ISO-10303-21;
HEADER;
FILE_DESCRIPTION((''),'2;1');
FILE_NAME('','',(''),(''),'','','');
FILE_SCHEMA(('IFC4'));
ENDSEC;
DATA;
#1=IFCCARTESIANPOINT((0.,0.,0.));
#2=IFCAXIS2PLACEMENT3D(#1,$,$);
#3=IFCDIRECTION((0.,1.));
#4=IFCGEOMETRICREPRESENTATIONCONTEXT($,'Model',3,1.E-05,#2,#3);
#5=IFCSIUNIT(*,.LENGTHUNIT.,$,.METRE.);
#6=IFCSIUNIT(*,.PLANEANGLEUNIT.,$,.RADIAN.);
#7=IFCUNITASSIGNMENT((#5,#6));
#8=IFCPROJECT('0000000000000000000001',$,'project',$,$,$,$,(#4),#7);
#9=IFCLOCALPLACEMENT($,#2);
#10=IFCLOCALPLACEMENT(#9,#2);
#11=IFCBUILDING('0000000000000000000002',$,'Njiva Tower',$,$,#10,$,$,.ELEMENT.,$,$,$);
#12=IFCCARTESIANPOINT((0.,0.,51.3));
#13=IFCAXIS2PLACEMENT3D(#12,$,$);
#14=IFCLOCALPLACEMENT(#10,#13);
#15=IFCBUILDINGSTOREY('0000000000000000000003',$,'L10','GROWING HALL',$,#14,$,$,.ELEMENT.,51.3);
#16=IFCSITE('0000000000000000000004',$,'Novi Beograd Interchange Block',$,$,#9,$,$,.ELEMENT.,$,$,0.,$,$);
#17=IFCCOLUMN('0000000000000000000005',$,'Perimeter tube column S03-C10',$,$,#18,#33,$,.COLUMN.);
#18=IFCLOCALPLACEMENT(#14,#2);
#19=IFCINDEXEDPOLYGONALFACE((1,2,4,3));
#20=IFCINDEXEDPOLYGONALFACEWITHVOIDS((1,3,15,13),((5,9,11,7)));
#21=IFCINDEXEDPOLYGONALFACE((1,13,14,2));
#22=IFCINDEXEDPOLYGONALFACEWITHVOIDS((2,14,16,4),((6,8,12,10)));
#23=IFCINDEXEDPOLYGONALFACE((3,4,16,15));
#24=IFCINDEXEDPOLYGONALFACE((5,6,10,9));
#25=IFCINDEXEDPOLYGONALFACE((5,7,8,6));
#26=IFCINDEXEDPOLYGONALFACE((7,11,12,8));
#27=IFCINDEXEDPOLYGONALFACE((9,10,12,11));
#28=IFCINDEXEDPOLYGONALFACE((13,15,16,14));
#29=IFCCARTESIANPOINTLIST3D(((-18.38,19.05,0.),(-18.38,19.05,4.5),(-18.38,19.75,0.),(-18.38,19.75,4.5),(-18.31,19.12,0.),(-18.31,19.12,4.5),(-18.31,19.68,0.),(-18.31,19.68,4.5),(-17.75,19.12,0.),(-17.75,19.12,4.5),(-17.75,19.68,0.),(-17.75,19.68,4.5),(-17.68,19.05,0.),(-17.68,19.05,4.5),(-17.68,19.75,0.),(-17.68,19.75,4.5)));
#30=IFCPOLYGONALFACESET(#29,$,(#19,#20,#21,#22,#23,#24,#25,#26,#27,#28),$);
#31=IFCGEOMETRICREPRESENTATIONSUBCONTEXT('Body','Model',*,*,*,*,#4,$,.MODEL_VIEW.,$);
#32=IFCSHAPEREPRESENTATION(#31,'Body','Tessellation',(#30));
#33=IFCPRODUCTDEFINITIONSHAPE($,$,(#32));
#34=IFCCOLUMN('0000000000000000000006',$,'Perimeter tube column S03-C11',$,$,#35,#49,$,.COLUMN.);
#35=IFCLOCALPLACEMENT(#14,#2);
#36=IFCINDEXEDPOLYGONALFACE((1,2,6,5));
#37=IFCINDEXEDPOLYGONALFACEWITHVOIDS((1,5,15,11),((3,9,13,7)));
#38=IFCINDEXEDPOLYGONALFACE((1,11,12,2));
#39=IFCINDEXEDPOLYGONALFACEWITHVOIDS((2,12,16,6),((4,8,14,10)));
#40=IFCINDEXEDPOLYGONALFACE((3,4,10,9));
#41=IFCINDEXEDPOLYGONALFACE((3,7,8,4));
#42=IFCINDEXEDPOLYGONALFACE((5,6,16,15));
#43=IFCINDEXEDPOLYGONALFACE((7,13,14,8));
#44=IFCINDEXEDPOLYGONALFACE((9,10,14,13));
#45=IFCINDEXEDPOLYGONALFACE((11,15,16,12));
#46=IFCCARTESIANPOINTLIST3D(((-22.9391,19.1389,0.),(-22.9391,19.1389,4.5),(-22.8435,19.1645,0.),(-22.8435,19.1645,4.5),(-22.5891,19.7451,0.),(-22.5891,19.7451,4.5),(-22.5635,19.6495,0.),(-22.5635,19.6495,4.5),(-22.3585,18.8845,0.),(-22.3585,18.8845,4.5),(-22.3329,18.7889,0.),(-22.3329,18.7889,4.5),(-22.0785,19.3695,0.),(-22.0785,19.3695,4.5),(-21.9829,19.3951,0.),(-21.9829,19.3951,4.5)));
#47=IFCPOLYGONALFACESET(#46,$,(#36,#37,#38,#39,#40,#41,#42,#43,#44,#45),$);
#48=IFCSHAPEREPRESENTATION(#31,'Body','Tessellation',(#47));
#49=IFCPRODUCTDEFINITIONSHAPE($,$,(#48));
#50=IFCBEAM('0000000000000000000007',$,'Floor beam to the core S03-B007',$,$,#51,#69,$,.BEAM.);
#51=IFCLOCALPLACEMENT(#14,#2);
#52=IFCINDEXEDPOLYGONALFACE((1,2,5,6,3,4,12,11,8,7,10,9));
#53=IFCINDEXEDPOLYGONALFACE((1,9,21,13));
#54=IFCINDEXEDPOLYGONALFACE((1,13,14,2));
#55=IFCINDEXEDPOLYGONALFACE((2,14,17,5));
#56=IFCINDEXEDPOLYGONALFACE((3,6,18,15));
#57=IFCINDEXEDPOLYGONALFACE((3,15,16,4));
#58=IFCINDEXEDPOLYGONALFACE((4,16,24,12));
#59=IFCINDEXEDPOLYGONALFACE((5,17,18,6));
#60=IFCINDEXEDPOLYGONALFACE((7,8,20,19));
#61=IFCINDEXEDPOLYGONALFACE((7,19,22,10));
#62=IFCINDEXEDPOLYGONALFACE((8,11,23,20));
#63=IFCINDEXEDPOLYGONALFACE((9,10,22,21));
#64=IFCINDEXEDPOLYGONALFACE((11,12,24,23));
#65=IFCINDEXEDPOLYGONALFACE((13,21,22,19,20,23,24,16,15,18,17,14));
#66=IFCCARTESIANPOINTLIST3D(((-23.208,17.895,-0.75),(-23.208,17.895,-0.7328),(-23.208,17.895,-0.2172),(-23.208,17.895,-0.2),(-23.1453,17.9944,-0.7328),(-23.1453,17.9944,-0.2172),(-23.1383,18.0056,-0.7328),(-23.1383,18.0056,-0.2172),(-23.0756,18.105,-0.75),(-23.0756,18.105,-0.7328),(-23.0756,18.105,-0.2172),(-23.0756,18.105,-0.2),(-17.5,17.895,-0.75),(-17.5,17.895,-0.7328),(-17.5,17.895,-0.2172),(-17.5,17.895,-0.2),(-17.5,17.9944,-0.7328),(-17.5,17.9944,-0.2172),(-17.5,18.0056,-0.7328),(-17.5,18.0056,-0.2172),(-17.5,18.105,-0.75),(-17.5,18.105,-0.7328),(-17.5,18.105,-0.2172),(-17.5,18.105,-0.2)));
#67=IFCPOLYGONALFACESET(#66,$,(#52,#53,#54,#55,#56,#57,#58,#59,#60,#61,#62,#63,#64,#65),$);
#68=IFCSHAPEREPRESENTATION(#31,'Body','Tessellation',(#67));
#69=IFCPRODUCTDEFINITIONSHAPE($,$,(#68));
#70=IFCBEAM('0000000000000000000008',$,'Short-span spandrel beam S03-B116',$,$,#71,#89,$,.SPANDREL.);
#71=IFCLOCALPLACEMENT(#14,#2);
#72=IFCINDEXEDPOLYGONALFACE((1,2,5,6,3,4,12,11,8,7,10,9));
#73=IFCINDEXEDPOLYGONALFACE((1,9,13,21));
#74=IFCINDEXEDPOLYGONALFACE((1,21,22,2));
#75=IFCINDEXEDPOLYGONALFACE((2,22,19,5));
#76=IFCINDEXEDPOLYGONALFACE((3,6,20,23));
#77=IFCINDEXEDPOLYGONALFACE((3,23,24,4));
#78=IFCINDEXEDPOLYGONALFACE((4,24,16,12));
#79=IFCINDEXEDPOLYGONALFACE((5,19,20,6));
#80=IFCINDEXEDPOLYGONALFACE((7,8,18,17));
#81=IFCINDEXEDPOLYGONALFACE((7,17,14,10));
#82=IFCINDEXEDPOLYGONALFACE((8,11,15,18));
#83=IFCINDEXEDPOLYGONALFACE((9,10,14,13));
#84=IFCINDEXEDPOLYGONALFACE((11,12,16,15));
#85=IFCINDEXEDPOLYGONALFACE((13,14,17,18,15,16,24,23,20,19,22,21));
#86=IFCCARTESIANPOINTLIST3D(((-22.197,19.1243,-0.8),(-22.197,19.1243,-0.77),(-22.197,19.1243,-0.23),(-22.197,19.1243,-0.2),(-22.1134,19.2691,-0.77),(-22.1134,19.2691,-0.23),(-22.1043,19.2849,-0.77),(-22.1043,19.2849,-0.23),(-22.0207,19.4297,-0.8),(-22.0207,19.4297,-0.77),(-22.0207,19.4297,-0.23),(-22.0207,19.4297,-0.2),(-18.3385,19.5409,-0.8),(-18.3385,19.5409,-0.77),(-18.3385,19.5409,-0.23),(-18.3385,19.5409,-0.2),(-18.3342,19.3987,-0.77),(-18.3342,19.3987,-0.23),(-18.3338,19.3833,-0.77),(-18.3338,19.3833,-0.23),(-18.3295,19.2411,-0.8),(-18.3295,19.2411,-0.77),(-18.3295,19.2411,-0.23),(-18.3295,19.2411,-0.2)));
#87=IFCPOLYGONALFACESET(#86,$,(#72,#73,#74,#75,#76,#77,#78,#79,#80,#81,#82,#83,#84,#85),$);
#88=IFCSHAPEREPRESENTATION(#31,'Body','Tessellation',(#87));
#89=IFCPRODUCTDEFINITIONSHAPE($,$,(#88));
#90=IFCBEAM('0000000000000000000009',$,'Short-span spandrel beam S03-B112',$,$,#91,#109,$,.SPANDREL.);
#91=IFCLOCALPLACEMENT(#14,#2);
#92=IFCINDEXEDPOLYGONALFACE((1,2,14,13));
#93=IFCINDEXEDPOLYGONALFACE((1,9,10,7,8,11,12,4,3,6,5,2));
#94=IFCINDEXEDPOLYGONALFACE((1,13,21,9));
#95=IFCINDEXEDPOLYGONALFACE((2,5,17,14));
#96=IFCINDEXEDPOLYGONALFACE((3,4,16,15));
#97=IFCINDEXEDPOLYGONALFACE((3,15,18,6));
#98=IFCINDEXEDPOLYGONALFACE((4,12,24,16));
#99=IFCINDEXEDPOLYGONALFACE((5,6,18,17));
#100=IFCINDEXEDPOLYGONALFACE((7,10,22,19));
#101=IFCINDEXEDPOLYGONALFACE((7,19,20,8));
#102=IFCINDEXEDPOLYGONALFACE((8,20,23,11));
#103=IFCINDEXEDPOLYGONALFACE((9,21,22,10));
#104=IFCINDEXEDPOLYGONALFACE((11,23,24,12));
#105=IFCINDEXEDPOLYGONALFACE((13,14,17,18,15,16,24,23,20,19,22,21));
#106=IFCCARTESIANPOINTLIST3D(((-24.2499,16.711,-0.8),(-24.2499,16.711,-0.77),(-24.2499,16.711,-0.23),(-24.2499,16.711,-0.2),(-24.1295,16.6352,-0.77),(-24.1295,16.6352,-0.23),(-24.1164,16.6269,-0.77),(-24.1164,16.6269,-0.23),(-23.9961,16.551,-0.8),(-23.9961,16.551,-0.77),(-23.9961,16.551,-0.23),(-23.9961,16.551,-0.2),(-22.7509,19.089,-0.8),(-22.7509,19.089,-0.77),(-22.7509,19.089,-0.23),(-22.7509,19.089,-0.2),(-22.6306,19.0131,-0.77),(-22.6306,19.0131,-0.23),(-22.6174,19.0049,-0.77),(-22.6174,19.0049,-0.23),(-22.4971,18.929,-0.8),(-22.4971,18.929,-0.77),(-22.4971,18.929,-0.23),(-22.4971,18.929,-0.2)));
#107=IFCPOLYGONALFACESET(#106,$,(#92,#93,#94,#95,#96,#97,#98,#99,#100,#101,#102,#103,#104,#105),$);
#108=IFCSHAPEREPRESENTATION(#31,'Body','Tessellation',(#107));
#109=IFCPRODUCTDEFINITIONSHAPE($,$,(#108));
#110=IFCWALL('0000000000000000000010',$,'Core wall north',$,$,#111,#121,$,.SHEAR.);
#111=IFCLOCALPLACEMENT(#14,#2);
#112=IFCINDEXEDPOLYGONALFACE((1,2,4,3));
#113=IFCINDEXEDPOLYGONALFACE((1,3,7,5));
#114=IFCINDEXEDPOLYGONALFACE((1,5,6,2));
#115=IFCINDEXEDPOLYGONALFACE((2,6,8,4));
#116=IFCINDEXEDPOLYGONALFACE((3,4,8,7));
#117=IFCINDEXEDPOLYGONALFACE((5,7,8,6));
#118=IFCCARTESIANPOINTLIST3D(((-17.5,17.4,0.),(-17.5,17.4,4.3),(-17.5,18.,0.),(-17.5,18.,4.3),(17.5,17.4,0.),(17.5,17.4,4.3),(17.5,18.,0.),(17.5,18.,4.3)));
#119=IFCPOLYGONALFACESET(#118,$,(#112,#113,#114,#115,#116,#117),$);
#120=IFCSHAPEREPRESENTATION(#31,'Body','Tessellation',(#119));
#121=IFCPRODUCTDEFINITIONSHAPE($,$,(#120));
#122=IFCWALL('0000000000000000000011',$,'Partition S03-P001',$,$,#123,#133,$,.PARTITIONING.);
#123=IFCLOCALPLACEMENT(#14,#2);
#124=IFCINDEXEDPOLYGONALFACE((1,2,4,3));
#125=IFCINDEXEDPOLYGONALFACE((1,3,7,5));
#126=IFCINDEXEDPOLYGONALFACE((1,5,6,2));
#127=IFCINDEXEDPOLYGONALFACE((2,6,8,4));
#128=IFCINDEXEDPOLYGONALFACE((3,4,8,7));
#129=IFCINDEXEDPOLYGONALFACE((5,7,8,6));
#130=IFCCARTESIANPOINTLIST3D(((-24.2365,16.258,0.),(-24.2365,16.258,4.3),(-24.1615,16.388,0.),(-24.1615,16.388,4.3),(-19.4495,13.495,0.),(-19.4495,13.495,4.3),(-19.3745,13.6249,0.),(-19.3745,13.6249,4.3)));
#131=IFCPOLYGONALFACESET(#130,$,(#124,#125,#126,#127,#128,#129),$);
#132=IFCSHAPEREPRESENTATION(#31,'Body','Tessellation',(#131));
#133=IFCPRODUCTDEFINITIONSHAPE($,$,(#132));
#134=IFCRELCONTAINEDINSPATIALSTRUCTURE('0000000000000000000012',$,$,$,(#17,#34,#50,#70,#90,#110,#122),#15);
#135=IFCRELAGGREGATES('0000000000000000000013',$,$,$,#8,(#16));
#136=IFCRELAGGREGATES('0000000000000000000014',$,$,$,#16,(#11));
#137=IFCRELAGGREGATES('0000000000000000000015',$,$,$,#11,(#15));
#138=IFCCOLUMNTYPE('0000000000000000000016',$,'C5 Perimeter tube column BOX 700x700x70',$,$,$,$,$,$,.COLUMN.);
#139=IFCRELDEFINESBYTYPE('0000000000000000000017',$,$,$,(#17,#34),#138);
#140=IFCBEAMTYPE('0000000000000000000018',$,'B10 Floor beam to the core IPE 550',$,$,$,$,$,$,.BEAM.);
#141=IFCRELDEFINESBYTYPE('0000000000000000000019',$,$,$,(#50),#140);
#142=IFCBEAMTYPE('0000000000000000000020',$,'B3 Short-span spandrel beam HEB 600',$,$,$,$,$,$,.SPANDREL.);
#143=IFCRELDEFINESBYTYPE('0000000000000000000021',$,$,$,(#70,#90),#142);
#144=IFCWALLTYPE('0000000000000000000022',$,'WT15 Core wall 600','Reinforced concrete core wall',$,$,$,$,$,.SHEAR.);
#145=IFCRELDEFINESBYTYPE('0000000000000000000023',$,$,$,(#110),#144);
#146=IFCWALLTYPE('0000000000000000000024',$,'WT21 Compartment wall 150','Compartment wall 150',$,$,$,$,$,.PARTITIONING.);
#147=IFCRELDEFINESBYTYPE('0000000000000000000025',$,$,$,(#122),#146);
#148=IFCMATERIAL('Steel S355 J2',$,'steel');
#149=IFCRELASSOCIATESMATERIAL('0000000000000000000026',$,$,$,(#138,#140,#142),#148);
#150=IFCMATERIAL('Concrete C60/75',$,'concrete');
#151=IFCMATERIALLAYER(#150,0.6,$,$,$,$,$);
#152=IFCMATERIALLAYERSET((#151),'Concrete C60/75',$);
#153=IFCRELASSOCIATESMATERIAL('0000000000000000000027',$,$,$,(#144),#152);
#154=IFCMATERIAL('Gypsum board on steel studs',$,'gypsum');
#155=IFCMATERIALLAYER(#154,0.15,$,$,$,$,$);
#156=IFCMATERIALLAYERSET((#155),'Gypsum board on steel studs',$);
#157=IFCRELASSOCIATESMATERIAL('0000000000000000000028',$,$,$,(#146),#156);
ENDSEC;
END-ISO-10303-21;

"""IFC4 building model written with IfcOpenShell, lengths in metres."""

from ifc_helpers import new_model, si_unit, direction, frame, frame_2d, origin, origin_2d, place, context, subcontext, project, spatial, rectangle, hollow_rectangle, i_section, extrude, clip, halfspace, material, layer, layer_set, material_profile, profile_set, type_object, element, save


model = new_model("IFC4")

# Units and contexts
model_context = context("Model", 3, precision=1e-05, world=origin(), true_north=direction((0.0, 1.0)))
body_context = subcontext(model_context, "Body", "Model", "MODEL_VIEW")
ifc_project = project(units=[si_unit("LENGTHUNIT", "METRE"), si_unit("PLANEANGLEUNIT", "RADIAN")], contexts=[model_context])

# Site, building, storey
site_placement = place(None, origin())
site = spatial("IfcSite", under=ifc_project, at=site_placement, Name="Novi Beograd Interchange Block", CompositionType="ELEMENT", RefElevation=0.0)
building_placement = place(site_placement, origin())
building = spatial("IfcBuilding", under=site, at=building_placement, Name="Njiva Tower", CompositionType="ELEMENT")
storey_placement = place(building_placement, frame((0.0, 0.0, 51.3)))
storey = spatial("IfcBuildingStorey", under=building, at=storey_placement, Name="L10", Description="GROWING HALL", CompositionType="ELEMENT", Elevation=51.3)

# Columns
ifc_material_1 = material(Name="Steel S355 J2", Category="steel")
ifc_material_profile_1 = material_profile(ifc_material_1, hollow_rectangle(XDim=0.7, YDim=0.7, WallThickness=0.07, at=origin_2d()), Name="BOX 700x700x70")
ifc_profile_set_1 = profile_set([ifc_material_profile_1], Name="Steel S355 J2")
column_type = type_object("IfcColumnType", Name="C5 Perimeter tube column BOX 700x700x70", PredefinedType="COLUMN", material=ifc_profile_set_1)
for number, where, z_axis, x_axis, name in (
    (1, (-18.03, 19.4, 0.0), (0.0, 0.0, 1.0), (-1.0, 0.0, 0.0), "Perimeter tube column S03-C10"),
    (2, (-22.461, 19.267, 0.0), (0.0, 0.0, 1.0), (-0.5, -0.866025, 0.0), "Perimeter tube column S03-C11"),
):
    element("IfcColumn", number, at=place(storey_placement, frame(where, z_axis=z_axis, x_axis=x_axis)), inside=storey, type_object=column_type, Name=name, PredefinedType="COLUMN", context=body_context, shape_type="SweptSolid", body=[
        extrude(hollow_rectangle(XDim=0.7, YDim=0.7, WallThickness=0.07, at=origin_2d()), origin(), (0.0, 0.0, 1.0), 4.5),
    ])

# Beams
ifc_material_profile_2 = material_profile(ifc_material_1, i_section(OverallWidth=0.21, OverallDepth=0.55, WebThickness=0.0111, FlangeThickness=0.0172, at=origin_2d()), Name="IPE 550")
ifc_profile_set_2 = profile_set([ifc_material_profile_2], Name="Steel S355 J2")
beam_type_1 = type_object("IfcBeamType", Name="B10 Floor beam to the core IPE 550", PredefinedType="BEAM", material=ifc_profile_set_2)
beam_1_placement = place(storey_placement, frame((-23.228, 18.0, -0.475), z_axis=(1.0, 0.0, 0.0), x_axis=(0.0, 1.0, 0.0)))
element("IfcBeam", 3, at=beam_1_placement, inside=storey, type_object=beam_type_1, Name="Floor beam to the core S03-B007", PredefinedType="BEAM", context=body_context, shape_type="Clipping", body=[
    clip(extrude(i_section(OverallWidth=0.21, OverallDepth=0.55, WebThickness=0.0111, FlangeThickness=0.0172, at=origin_2d()), origin(), (0.0, 0.0, 1.0), 5.728), halfspace(frame((0.0267, 0.0, 0.103), z_axis=(0.533317, 0.0, -0.845915), x_axis=(0.0, -1.0, 0.0)), False)),
])
ifc_material_profile_3 = material_profile(ifc_material_1, i_section(OverallWidth=0.3, OverallDepth=0.6, WebThickness=0.0155, FlangeThickness=0.03, at=origin_2d()), Name="HEB 600")
ifc_profile_set_3 = profile_set([ifc_material_profile_3], Name="Steel S355 J2")
beam_type_2 = type_object("IfcBeamType", Name="B3 Short-span spandrel beam HEB 600", PredefinedType="SPANDREL", material=ifc_profile_set_3)
beam_2_placement = place(storey_placement, frame((-18.334, 19.391, -0.5), z_axis=(-0.999544, -0.030185, 0.0), x_axis=(0.030185, -0.999544, 0.0)))
element("IfcBeam", 4, at=beam_2_placement, inside=storey, type_object=beam_type_2, Name="Short-span spandrel beam S03-B116", PredefinedType="SPANDREL", context=body_context, shape_type="Clipping", body=[
    clip(extrude(i_section(OverallWidth=0.3, OverallDepth=0.6, WebThickness=0.0155, FlangeThickness=0.03, at=origin_2d()), origin(), (0.0, 0.0, 1.0), 3.8897), halfspace(frame((-0.0268, 0.0, 3.76), z_axis=(-0.525911, 0.0, 0.85054), x_axis=(0.0, 1.0, 0.0)), False)),
])
beam_3_placement = place(storey_placement, frame((-22.624, 19.009, -0.5), z_axis=(-0.533257, -0.845954, 0.0), x_axis=(0.845954, -0.533257, 0.0)))
element("IfcBeam", 5, at=beam_3_placement, inside=storey, type_object=beam_type_2, Name="Short-span spandrel beam S03-B112", PredefinedType="SPANDREL", context=body_context, shape_type="SweptSolid", body=[
    extrude(i_section(OverallWidth=0.3, OverallDepth=0.6, WebThickness=0.0155, FlangeThickness=0.03, at=origin_2d()), origin(), (0.0, 0.0, 1.0), 2.811),
])

# Walls
ifc_material_2 = material(Name="Concrete C60/75", Category="concrete")
ifc_layer_1 = layer(ifc_material_2, 0.6)
ifc_layer_set_1 = layer_set([ifc_layer_1], Name="Concrete C60/75")
wall_type_1 = type_object("IfcWallType", Name="WT15 Core wall 600", Description="Reinforced concrete core wall", PredefinedType="SHEAR", material=ifc_layer_set_1)
wall_1_placement = place(storey_placement, frame((-17.5, 17.7, 0.0), z_axis=(0.0, 0.0, 1.0), x_axis=(1.0, 0.0, 0.0)))
element("IfcWall", 6, at=wall_1_placement, inside=storey, type_object=wall_type_1, Name="Core wall north", PredefinedType="SHEAR", context=body_context, shape_type="SweptSolid", body=[
    extrude(rectangle(XDim=35.0, YDim=0.6, at=frame_2d((17.5, 0.0))), origin(), (0.0, 0.0, 1.0), 4.3),
])
ifc_material_3 = material(Name="Gypsum board on steel studs", Category="gypsum")
ifc_layer_2 = layer(ifc_material_3, 0.15)
ifc_layer_set_2 = layer_set([ifc_layer_2], Name="Gypsum board on steel studs")
wall_type_2 = type_object("IfcWallType", Name="WT21 Compartment wall 150", Description="Compartment wall 150", PredefinedType="PARTITIONING", material=ifc_layer_set_2)
wall_2_placement = place(storey_placement, frame((-24.199, 16.323, 0.0), z_axis=(0.0, 0.0, 1.0), x_axis=(0.866086, -0.499895, 0.0)))
element("IfcWall", 7, at=wall_2_placement, inside=storey, type_object=wall_type_2, Name="Partition S03-P001", PredefinedType="PARTITIONING", context=body_context, shape_type="SweptSolid", body=[
    extrude(rectangle(XDim=5.5272, YDim=0.15, at=frame_2d((2.7636, 0.0))), origin(), (0.0, 0.0, 1.0), 4.3),
])

save(model, "model.ifc")
